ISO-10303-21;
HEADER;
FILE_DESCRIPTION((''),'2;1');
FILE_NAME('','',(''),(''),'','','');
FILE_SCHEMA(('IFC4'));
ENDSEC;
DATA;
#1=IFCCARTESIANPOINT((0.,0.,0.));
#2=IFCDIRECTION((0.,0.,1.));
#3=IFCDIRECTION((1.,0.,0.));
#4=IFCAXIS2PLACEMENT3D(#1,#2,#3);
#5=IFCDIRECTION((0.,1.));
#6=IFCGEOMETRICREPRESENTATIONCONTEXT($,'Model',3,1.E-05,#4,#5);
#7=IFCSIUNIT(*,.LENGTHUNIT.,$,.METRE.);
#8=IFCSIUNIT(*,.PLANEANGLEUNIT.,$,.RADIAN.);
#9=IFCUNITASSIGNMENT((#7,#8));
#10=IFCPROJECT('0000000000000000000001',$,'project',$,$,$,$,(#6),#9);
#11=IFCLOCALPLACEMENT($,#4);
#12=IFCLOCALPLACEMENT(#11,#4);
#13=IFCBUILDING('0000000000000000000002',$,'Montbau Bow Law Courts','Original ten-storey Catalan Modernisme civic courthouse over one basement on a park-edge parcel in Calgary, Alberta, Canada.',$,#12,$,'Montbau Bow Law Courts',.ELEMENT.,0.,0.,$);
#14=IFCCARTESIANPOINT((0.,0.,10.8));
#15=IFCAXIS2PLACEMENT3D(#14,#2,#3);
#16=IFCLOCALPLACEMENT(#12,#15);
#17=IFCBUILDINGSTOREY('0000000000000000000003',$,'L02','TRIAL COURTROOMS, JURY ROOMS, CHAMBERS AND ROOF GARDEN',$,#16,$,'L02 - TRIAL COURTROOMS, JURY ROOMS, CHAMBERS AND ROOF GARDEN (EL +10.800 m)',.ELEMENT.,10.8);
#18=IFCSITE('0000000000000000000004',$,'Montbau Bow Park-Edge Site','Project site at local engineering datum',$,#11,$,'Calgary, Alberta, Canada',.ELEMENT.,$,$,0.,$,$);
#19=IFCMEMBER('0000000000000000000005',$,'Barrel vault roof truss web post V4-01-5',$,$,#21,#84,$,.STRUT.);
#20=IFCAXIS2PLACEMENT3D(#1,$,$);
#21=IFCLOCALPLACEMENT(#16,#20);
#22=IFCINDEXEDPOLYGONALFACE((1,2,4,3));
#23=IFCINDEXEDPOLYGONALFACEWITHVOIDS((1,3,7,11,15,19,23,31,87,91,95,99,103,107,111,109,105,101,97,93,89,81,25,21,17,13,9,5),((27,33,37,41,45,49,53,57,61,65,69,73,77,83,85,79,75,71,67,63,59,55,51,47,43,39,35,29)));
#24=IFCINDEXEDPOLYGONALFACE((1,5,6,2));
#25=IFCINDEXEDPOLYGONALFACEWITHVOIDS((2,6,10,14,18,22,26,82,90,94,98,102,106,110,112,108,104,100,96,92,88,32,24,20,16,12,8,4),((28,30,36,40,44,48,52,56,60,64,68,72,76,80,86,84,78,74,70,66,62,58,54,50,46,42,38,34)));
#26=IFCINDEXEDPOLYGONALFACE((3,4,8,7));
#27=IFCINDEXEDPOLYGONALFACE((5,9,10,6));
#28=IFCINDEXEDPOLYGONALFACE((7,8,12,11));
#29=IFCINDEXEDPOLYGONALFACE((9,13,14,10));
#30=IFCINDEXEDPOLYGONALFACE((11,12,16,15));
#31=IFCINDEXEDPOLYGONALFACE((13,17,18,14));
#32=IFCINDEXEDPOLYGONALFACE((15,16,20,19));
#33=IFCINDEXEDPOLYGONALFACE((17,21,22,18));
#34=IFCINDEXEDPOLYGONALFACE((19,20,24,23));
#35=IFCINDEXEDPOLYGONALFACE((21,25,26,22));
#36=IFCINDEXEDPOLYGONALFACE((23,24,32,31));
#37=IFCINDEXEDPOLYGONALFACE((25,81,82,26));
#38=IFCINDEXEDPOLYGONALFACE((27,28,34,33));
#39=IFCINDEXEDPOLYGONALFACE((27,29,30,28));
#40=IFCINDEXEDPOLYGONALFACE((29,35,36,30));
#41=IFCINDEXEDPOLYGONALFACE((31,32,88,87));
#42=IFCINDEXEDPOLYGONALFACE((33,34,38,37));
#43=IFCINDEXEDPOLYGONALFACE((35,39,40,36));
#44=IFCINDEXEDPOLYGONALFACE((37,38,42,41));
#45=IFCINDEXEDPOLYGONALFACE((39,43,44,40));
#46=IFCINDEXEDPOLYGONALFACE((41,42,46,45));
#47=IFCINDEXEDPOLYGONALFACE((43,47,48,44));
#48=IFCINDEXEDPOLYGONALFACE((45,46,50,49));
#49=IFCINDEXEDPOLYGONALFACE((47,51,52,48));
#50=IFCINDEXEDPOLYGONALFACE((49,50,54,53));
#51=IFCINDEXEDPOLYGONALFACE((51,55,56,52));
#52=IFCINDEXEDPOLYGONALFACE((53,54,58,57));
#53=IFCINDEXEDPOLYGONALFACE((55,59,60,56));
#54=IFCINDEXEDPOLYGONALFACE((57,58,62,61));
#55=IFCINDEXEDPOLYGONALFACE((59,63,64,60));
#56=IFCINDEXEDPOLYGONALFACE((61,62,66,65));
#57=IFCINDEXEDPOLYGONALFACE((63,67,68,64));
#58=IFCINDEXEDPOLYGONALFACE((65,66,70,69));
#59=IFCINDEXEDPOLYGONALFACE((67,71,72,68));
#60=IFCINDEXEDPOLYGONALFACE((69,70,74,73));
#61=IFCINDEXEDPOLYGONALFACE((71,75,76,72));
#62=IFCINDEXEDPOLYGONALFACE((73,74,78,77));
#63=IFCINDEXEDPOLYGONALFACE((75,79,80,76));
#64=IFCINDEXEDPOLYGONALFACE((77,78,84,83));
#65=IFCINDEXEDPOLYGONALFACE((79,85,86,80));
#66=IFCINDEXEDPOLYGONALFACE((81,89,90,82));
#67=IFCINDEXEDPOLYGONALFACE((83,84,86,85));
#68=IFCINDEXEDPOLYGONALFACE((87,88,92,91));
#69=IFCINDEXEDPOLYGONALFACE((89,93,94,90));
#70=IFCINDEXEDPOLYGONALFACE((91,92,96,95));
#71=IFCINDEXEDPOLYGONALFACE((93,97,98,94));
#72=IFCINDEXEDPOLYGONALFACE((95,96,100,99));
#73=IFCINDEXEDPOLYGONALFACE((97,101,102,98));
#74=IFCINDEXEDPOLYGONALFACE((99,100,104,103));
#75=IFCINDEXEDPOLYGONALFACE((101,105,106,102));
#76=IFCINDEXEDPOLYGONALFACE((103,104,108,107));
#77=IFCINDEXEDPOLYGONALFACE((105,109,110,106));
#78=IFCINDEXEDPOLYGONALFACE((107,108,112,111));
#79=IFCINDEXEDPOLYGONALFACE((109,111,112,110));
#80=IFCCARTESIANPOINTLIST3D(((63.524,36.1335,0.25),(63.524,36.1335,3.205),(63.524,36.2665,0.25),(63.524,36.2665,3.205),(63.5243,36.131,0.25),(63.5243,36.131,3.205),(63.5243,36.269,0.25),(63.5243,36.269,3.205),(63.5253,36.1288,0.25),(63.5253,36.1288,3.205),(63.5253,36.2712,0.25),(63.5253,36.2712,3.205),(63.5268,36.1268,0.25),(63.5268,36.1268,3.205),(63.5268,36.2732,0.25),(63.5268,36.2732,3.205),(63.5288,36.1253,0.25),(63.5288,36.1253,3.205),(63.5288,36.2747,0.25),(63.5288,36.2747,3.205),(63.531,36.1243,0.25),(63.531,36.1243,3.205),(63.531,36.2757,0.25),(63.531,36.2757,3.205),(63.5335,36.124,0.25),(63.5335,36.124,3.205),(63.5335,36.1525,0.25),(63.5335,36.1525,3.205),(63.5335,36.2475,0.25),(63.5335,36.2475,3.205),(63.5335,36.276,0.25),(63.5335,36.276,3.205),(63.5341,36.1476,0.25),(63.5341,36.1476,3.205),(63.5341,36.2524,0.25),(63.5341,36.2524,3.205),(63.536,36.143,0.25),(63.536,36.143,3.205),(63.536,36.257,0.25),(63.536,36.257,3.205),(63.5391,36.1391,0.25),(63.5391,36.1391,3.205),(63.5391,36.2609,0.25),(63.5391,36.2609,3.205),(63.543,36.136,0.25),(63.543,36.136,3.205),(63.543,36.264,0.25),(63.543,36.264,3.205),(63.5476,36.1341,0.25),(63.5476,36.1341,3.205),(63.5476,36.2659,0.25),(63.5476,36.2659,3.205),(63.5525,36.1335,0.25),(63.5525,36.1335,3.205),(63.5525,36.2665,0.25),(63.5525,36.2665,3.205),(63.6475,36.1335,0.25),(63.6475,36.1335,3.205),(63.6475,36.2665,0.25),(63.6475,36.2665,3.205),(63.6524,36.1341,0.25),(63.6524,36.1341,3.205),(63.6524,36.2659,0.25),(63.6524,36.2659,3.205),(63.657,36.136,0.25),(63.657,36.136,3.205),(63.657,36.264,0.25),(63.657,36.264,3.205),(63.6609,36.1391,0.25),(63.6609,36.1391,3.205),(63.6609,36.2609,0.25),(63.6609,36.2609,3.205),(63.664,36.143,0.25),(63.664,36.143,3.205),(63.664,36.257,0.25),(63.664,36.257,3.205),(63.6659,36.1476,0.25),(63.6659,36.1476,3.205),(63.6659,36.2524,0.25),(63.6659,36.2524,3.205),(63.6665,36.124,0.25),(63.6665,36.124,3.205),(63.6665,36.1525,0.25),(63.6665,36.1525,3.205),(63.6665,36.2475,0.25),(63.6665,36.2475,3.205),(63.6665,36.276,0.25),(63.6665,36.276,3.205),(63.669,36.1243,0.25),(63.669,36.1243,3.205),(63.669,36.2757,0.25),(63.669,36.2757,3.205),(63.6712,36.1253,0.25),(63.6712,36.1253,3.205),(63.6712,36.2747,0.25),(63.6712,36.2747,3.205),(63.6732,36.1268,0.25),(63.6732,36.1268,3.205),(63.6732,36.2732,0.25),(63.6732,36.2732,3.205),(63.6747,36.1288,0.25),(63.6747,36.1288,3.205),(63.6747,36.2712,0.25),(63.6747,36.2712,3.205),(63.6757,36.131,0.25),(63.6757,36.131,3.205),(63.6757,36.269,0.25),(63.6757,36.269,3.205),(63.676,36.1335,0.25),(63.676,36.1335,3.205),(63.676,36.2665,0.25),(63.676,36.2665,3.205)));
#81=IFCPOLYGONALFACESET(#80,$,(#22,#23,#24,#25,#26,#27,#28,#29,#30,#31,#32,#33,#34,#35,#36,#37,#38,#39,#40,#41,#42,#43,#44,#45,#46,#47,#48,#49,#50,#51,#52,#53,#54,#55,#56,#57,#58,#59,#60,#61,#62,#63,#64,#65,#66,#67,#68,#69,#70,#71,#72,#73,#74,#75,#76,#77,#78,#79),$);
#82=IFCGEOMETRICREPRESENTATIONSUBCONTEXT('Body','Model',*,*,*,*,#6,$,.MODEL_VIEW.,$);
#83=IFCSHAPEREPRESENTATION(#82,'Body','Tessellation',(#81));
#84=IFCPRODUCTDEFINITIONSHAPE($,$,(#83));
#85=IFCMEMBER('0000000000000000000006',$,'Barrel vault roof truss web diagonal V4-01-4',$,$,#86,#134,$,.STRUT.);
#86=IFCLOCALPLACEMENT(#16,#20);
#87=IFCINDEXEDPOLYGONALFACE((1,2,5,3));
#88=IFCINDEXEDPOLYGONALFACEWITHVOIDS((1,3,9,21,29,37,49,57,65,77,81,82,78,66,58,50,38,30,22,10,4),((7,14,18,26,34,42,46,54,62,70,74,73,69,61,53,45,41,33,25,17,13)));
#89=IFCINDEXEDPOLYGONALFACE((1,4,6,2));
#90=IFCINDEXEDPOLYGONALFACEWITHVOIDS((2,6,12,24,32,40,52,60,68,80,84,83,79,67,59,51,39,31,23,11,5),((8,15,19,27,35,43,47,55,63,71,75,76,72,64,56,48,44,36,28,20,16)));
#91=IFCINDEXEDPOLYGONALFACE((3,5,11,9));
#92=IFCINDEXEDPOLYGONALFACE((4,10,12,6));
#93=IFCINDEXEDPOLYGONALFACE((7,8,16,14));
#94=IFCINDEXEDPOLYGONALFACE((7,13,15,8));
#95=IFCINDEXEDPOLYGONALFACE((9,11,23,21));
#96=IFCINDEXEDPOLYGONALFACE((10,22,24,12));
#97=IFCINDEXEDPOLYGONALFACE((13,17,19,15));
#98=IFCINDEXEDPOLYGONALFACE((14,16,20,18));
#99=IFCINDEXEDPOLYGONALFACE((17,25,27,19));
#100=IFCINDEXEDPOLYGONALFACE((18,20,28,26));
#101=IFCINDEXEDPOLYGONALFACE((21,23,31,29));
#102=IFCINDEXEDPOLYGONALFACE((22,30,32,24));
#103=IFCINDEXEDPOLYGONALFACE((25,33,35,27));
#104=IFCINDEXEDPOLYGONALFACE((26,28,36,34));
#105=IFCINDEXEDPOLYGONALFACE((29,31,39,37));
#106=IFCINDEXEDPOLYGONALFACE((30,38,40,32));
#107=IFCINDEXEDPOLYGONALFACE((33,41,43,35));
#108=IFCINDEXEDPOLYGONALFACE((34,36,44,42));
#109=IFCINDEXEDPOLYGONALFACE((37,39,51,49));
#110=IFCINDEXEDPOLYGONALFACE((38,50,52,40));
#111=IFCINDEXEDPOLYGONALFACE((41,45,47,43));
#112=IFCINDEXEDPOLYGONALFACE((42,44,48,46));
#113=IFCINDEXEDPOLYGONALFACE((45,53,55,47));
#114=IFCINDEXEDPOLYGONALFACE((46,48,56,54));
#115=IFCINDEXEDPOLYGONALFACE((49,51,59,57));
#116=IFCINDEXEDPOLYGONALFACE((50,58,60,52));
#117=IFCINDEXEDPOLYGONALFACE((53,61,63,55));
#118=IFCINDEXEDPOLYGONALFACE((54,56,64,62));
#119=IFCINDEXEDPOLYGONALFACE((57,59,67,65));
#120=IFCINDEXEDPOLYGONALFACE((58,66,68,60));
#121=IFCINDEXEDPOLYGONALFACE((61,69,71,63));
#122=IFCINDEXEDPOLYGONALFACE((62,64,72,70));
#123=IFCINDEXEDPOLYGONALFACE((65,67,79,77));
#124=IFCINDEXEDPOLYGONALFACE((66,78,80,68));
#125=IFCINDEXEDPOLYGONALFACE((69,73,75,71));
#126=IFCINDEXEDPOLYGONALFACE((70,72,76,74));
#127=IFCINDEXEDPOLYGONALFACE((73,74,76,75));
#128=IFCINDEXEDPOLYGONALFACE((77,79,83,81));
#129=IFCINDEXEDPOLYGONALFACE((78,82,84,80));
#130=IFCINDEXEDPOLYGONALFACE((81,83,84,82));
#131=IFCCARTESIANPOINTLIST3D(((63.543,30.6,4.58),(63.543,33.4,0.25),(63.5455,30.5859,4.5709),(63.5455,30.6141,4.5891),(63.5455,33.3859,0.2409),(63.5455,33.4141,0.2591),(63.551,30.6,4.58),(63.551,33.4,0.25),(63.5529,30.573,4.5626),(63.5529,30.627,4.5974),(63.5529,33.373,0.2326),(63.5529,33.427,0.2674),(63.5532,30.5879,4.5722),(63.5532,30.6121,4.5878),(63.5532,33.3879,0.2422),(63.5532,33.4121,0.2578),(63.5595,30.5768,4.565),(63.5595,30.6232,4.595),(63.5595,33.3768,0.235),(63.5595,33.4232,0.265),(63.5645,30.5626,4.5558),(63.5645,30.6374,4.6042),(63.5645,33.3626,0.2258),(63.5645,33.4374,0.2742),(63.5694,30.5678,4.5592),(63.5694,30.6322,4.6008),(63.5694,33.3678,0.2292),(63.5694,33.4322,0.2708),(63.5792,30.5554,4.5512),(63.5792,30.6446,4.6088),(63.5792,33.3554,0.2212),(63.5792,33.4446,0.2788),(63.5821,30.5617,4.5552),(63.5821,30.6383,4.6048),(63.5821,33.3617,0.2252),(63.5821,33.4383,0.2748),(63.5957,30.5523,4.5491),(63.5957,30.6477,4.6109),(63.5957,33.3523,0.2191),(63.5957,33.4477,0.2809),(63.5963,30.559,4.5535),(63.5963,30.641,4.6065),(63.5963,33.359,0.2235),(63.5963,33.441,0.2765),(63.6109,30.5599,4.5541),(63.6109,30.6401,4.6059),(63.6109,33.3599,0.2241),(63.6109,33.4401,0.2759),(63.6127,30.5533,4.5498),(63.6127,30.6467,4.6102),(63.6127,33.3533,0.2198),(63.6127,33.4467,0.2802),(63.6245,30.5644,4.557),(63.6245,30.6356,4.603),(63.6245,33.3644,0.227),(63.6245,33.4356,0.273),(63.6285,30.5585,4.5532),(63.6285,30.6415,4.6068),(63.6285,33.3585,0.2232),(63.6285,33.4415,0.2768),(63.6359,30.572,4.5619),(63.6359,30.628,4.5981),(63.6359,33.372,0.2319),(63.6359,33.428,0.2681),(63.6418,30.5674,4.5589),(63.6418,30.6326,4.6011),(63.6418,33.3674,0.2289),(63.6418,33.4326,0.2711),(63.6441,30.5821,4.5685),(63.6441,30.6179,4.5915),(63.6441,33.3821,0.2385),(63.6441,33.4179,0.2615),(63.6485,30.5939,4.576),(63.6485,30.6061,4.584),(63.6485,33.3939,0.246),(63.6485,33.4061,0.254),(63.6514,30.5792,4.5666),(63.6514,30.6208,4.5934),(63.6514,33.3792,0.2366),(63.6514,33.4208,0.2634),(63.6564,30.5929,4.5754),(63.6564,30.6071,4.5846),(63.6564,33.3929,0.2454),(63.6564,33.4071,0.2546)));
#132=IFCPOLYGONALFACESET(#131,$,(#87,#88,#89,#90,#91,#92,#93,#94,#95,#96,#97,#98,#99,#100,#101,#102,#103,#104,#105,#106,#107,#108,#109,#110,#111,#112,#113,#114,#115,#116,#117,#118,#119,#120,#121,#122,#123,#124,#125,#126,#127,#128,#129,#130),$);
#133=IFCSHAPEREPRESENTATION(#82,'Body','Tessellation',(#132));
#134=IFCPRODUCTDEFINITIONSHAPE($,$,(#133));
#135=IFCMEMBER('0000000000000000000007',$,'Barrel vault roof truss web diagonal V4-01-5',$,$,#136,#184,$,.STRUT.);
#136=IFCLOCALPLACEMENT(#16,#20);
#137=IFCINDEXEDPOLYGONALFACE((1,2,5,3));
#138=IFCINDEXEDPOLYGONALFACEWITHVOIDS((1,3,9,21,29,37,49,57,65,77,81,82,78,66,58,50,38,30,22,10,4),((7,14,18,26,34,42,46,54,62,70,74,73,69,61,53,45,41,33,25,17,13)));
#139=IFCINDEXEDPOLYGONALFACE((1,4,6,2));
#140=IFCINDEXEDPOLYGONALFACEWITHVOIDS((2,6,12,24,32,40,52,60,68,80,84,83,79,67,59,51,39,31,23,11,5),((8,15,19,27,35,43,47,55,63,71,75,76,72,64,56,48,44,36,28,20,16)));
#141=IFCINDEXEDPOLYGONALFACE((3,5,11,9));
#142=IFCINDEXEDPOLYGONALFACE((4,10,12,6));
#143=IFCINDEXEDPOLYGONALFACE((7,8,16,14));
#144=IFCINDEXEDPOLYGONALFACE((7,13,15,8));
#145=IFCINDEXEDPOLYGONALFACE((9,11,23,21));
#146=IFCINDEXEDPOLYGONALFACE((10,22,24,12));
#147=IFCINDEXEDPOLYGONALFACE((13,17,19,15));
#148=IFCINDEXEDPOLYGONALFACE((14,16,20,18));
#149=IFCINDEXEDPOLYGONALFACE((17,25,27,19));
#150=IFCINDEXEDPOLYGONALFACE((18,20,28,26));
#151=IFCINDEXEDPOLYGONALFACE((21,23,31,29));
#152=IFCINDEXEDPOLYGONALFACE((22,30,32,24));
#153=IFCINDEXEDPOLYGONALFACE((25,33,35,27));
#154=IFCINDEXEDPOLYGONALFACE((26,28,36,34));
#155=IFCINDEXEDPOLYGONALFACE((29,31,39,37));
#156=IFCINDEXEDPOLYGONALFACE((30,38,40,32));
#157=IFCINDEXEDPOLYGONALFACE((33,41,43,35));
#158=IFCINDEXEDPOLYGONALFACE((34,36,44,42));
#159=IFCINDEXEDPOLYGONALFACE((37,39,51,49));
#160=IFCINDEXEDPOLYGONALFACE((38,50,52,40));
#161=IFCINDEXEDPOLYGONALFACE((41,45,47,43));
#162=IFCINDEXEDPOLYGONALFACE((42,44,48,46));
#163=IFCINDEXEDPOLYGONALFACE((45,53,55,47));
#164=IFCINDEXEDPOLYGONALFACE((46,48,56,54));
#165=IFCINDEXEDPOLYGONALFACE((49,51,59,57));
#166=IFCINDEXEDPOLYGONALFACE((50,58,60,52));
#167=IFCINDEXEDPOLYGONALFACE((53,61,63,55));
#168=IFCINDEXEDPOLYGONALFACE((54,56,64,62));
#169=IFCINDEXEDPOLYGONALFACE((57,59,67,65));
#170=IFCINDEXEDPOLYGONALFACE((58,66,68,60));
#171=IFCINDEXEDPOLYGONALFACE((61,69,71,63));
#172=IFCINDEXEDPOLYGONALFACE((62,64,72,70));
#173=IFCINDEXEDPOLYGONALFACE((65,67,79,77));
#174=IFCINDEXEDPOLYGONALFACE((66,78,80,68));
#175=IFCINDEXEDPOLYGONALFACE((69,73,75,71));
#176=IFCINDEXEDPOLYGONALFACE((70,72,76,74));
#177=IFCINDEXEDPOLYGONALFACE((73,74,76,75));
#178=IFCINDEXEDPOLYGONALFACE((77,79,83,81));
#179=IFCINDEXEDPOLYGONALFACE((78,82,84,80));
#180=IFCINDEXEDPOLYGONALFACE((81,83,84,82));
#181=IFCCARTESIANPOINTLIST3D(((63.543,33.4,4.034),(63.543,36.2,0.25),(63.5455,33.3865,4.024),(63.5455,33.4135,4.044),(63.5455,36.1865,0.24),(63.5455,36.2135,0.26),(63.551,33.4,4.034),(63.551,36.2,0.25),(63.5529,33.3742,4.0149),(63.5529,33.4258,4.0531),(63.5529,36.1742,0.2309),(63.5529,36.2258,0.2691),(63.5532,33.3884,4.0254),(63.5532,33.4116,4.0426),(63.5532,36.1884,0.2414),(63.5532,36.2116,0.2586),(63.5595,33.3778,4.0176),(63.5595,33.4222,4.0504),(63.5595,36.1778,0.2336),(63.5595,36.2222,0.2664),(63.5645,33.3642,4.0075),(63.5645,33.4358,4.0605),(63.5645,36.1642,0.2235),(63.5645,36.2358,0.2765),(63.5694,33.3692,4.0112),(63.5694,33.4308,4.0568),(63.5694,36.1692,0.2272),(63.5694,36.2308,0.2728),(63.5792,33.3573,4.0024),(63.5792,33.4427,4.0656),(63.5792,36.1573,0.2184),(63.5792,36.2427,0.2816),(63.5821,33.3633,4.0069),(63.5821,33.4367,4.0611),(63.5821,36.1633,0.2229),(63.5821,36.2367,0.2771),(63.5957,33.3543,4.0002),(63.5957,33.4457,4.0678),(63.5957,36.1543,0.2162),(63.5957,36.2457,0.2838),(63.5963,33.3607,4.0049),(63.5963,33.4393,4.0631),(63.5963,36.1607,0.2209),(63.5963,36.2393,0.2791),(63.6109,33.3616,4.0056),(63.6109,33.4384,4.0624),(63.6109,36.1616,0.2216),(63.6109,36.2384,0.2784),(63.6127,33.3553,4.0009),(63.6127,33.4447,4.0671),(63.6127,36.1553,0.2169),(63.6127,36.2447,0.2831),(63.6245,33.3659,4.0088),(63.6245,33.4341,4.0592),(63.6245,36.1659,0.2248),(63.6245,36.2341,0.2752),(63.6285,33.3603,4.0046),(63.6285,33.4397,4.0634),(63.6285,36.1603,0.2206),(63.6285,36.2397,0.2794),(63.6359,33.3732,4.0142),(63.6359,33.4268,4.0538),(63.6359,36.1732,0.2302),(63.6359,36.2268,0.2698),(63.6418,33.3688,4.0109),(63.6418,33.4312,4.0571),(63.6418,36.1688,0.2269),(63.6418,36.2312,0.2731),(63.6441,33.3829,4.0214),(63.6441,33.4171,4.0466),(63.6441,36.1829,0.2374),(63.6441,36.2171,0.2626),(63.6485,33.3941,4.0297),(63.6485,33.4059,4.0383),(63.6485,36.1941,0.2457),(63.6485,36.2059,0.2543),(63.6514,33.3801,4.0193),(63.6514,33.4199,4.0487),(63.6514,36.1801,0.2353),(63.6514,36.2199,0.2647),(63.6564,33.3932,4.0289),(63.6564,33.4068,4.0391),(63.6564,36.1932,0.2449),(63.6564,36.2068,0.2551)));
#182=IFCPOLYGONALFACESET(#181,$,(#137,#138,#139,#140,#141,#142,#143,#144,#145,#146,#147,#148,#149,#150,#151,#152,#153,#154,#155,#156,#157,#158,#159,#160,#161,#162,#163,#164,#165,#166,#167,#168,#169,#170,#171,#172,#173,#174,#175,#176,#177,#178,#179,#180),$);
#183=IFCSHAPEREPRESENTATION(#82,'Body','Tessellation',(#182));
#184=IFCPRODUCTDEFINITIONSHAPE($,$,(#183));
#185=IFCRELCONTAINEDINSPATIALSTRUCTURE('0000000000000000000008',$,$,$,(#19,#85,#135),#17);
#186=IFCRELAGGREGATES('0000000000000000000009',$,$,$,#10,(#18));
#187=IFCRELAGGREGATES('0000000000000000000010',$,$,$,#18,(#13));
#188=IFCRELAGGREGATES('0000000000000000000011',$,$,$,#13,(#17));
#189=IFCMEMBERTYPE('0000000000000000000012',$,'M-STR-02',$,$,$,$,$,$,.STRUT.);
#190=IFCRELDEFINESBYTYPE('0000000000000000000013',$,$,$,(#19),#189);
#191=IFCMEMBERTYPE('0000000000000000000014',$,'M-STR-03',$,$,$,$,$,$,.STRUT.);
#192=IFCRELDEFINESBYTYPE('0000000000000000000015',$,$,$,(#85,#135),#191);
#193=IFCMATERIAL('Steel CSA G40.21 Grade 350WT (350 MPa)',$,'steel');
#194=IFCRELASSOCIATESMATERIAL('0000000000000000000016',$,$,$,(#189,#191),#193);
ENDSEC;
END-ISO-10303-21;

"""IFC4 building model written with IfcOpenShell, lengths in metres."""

from ifc_helpers import new_model, si_unit, direction, frame, origin_with_axes, origin_2d_with_axis, place, context, subcontext, project, spatial, hollow_rectangle, hollow_circle, extrude, material, material_profile, profile_set, type_object, element, save


model = new_model("IFC4")

# Units and contexts
model_context = context("Model", 3, precision=1e-05, world=origin_with_axes(), true_north=direction((0.0, 1.0)))
body_context = subcontext(model_context, "Body", "Model", "MODEL_VIEW")
ifc_project = project(units=[si_unit("LENGTHUNIT", "METRE"), si_unit("PLANEANGLEUNIT", "RADIAN")], contexts=[model_context])

# Site, building, storey
site_placement = place(None, origin_with_axes())
site = spatial("IfcSite", under=ifc_project, at=site_placement, Name="Montbau Bow Park-Edge Site", Description="Project site at local engineering datum", LongName="Calgary, Alberta, Canada", CompositionType="ELEMENT", RefElevation=0.0)
building_placement = place(site_placement, origin_with_axes())
building = spatial("IfcBuilding", under=site, at=building_placement, Name="Montbau Bow Law Courts", Description="Original ten-storey Catalan Modernisme civic courthouse over one basement on a park-edge parcel in Calgary, Alberta, Canada.", LongName="Montbau Bow Law Courts", CompositionType="ELEMENT", ElevationOfRefHeight=0.0, ElevationOfTerrain=0.0)
storey_placement = place(building_placement, frame((0.0, 0.0, 10.8), z_axis=(0.0, 0.0, 1.0), x_axis=(1.0, 0.0, 0.0)))
storey = spatial("IfcBuildingStorey", under=building, at=storey_placement, Name="L02", Description="TRIAL COURTROOMS, JURY ROOMS, CHAMBERS AND ROOF GARDEN", LongName="L02 - TRIAL COURTROOMS, JURY ROOMS, CHAMBERS AND ROOF GARDEN (EL +10.800 m)", CompositionType="ELEMENT", Elevation=10.8)

# Shared definitions
ifc_material_1 = material(Name="Steel CSA G40.21 Grade 350WT (350 MPa)", Category="steel")

# Members
ifc_material_profile_1 = material_profile(ifc_material_1, hollow_rectangle(XDim=0.152, YDim=0.152, WallThickness=0.0095, InnerFilletRadius=0.019, OuterFilletRadius=0.0095, at=origin_2d_with_axis()), Name="HSS152X152X9.5", Category="Main", Priority=0)
ifc_profile_set_1 = profile_set([ifc_material_profile_1], Name="Steel CSA G40.21 Grade 350WT (350 MPa)")
member_type_1 = type_object("IfcMemberType", Name="M-STR-02", PredefinedType="STRUT", material=ifc_profile_set_1)
member_1_placement = place(None, frame((63.6, 36.2, 11.05), z_axis=(0.0, 0.0, 1.0), x_axis=(1.0, 0.0, 0.0)))
element("IfcMember", 1, at=member_1_placement, inside=storey, type_object=member_type_1, Name="Barrel vault roof truss web post V4-01-5", PredefinedType="STRUT", context=body_context, shape_type="SweptSolid", body=[
    extrude(hollow_rectangle(XDim=0.152, YDim=0.152, WallThickness=0.0095, InnerFilletRadius=0.019, OuterFilletRadius=0.0095, at=origin_2d_with_axis()), origin_with_axes(), (0.0, 0.0, 1.0), 2.955),
])
ifc_material_profile_2 = material_profile(ifc_material_1, hollow_circle(Radius=0.057, WallThickness=0.008, at=origin_2d_with_axis()), Name="HSS114X8.0", Category="Main", Priority=0)
ifc_profile_set_2 = profile_set([ifc_material_profile_2], Name="Steel CSA G40.21 Grade 350WT (350 MPa)")
member_type_2 = type_object("IfcMemberType", Name="M-STR-03", PredefinedType="STRUT", material=ifc_profile_set_2)
member_2_placement = place(None, frame((63.6, 30.6, 15.38), z_axis=(0.0, 0.54301, -0.839726), x_axis=(-1.0, 0.0, 0.0)))
element("IfcMember", 2, at=member_2_placement, inside=storey, type_object=member_type_2, Name="Barrel vault roof truss web diagonal V4-01-4", PredefinedType="STRUT", context=body_context, shape_type="SweptSolid", body=[
    extrude(hollow_circle(Radius=0.057, WallThickness=0.008, at=origin_2d_with_axis()), origin_with_axes(), (0.0, 0.0, 1.0), 5.1564),
])
member_3_placement = place(None, frame((63.6, 33.4, 14.834), z_axis=(0.0, 0.594821, -0.803858), x_axis=(-1.0, 0.0, 0.0)))
element("IfcMember", 3, at=member_3_placement, inside=storey, type_object=member_type_2, Name="Barrel vault roof truss web diagonal V4-01-5", PredefinedType="STRUT", context=body_context, shape_type="SweptSolid", body=[
    extrude(hollow_circle(Radius=0.057, WallThickness=0.008, at=origin_2d_with_axis()), origin_with_axes(), (0.0, 0.0, 1.0), 4.7073),
])

save(model, "model.ifc")
